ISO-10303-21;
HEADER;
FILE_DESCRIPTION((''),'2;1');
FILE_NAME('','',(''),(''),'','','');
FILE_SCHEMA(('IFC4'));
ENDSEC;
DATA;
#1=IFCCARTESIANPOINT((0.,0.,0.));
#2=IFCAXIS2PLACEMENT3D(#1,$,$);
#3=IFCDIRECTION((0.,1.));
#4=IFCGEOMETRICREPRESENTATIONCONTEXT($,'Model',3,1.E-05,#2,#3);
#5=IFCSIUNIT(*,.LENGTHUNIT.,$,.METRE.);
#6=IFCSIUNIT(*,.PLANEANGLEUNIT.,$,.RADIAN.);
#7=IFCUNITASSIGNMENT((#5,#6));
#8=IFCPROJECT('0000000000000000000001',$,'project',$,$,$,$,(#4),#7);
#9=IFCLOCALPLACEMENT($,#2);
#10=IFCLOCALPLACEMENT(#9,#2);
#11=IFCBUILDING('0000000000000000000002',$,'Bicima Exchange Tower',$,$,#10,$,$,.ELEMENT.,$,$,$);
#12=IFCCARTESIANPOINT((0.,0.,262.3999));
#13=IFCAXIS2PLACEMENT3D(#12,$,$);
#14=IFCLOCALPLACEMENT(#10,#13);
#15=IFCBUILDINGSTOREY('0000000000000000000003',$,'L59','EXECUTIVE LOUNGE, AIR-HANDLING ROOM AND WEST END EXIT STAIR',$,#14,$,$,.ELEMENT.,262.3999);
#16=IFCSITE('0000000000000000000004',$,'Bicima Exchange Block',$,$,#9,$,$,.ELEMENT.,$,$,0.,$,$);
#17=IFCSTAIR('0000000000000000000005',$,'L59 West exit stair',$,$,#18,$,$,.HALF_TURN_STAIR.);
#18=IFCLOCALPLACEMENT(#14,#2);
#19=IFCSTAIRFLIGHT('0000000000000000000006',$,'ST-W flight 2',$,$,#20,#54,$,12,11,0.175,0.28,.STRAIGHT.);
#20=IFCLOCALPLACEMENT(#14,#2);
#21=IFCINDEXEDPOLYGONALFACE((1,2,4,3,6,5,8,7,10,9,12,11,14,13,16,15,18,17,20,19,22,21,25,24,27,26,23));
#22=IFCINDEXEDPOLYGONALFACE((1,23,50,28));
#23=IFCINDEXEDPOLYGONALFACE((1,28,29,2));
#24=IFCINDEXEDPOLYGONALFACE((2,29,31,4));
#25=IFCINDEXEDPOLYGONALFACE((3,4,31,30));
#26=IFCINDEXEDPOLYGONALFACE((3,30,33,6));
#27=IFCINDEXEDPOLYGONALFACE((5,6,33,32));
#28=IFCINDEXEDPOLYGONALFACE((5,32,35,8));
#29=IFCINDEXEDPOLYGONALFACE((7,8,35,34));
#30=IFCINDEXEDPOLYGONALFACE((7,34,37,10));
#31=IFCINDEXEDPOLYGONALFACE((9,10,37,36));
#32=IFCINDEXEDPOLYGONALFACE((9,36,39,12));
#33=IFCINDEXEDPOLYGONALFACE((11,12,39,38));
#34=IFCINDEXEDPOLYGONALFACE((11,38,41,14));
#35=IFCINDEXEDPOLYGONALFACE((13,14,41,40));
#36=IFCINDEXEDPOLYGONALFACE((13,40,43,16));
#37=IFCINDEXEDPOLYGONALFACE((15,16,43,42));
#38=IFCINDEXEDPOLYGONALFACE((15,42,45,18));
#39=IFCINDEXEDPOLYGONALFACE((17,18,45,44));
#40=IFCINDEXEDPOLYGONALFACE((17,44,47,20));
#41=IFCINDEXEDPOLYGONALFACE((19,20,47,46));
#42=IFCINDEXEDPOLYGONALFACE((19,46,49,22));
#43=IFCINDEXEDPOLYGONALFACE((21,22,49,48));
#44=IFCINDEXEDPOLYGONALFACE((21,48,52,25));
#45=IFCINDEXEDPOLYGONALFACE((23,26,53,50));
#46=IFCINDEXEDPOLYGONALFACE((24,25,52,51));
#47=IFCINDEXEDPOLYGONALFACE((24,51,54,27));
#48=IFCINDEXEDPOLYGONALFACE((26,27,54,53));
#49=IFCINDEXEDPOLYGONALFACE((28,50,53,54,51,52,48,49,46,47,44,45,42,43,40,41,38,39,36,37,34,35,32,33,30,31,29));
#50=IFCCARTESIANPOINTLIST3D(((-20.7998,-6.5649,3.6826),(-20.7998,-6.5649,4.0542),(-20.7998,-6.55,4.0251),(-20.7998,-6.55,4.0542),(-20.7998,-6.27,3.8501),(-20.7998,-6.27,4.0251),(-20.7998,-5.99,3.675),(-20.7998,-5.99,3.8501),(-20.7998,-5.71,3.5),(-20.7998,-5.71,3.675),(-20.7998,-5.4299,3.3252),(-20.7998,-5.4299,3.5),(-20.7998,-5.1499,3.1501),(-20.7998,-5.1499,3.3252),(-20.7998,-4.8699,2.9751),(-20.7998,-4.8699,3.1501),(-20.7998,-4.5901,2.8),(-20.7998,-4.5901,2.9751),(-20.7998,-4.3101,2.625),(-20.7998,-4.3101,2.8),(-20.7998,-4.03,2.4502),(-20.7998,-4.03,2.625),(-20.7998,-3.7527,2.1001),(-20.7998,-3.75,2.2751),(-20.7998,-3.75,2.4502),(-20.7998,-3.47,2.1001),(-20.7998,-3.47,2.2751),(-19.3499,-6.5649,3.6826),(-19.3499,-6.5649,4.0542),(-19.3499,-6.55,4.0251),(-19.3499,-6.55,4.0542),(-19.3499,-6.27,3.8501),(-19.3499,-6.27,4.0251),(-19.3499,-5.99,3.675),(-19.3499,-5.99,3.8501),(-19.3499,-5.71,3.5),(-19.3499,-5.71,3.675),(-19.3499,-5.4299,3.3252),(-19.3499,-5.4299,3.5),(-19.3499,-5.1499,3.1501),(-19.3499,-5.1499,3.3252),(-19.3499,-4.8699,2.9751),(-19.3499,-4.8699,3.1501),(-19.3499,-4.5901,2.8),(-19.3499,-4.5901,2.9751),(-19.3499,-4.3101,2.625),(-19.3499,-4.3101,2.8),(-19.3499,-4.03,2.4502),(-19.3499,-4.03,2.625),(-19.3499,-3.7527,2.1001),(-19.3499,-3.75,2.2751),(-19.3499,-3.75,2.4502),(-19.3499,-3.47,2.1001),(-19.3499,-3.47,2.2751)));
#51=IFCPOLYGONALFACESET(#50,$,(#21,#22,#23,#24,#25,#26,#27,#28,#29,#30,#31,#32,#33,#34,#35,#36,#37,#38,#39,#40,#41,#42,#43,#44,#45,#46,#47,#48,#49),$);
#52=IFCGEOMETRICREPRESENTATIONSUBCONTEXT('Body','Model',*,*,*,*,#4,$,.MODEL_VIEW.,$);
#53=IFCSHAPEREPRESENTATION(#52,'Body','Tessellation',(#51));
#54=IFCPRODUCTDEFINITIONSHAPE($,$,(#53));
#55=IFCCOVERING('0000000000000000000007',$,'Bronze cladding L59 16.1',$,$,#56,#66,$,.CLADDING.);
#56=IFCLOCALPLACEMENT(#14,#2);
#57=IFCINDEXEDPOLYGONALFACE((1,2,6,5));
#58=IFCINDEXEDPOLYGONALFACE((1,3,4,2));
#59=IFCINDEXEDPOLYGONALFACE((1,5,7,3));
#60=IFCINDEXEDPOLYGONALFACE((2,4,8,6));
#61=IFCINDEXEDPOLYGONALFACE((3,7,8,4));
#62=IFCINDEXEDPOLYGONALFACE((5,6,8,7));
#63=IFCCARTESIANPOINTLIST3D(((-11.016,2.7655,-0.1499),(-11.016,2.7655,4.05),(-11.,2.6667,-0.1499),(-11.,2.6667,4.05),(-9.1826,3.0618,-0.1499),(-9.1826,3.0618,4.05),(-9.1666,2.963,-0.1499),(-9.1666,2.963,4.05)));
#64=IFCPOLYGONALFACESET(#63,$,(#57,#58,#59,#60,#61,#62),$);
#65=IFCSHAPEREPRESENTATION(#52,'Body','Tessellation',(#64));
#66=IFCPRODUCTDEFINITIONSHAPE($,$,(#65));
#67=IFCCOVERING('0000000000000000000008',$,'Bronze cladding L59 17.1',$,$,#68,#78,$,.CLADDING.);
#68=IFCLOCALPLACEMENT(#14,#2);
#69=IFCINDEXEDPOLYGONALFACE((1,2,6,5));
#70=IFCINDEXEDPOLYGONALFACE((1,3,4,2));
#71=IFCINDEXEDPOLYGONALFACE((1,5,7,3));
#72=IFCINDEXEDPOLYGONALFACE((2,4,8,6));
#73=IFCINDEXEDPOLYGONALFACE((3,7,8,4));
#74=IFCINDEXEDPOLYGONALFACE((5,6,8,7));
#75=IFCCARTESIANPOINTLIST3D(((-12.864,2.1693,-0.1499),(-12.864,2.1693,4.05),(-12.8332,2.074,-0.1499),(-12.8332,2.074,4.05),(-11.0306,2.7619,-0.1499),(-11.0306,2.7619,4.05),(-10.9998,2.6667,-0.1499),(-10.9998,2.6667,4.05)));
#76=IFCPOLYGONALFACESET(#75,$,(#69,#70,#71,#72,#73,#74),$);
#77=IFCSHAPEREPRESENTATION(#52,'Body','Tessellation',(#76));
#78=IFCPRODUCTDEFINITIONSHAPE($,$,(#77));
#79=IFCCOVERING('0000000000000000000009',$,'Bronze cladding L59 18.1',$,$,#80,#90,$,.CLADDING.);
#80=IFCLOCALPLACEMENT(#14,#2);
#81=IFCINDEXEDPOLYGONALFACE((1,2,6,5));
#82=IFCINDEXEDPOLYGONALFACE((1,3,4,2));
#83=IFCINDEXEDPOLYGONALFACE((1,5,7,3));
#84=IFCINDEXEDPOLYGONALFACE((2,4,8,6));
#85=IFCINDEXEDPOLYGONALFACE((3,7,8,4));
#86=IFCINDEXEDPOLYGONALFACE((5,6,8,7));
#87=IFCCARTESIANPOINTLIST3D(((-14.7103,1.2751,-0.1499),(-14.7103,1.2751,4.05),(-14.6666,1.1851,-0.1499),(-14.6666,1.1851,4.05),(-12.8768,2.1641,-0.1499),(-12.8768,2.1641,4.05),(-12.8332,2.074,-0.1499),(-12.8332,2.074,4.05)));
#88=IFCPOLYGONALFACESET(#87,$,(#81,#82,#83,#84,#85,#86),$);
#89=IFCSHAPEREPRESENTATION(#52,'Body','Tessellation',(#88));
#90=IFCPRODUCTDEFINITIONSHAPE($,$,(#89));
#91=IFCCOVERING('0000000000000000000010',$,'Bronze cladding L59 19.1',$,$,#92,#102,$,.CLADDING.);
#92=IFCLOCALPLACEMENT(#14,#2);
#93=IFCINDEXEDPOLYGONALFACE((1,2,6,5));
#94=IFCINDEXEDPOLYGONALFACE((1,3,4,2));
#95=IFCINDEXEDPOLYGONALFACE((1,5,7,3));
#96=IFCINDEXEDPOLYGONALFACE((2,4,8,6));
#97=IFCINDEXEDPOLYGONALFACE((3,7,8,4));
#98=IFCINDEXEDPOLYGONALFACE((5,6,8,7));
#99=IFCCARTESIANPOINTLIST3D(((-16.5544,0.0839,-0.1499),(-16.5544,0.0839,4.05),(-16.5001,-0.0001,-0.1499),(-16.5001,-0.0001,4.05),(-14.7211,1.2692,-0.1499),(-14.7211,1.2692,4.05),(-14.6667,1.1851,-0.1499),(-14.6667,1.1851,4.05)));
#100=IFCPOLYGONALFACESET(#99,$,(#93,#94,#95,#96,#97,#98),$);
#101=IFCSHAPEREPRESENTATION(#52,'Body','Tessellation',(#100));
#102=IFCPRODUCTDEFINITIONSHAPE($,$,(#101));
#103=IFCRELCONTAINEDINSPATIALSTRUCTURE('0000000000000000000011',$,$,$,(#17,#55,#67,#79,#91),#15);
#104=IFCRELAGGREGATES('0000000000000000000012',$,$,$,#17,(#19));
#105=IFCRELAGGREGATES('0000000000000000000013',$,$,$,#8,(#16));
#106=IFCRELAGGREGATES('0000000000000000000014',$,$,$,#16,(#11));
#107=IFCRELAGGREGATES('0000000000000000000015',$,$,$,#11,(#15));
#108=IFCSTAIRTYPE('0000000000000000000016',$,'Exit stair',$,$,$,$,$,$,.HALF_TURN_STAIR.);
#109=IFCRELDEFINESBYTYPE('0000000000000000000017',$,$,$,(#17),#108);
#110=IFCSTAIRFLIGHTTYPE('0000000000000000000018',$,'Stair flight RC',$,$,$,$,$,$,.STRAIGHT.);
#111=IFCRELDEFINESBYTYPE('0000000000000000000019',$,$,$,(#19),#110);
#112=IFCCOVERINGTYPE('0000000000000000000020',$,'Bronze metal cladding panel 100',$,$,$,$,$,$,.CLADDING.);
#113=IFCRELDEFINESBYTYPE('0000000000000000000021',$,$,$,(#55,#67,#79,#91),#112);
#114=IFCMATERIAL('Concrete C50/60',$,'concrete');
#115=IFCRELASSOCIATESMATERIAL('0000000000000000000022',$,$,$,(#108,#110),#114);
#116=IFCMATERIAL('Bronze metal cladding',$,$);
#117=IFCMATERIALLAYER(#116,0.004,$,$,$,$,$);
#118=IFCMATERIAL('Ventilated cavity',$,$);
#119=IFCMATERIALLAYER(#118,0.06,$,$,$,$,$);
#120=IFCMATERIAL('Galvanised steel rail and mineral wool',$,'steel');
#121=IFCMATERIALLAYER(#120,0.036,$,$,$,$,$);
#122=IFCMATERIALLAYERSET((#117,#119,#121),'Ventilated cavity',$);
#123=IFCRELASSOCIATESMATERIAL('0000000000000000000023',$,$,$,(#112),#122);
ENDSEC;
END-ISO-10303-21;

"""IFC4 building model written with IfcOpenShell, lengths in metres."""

from ifc_helpers import new_model, si_unit, direction, frame, origin, origin_2d, place, context, subcontext, project, spatial, polyline, rectangle, outline, extrude, material, layer, layer_set, type_object, element, aggregate, save


model = new_model("IFC4")

# Units and contexts
model_context = context("Model", 3, precision=1e-05, world=origin(), true_north=direction((0.0, 1.0)))
body_context = subcontext(model_context, "Body", "Model", "MODEL_VIEW")
ifc_project = project(units=[si_unit("LENGTHUNIT", "METRE"), si_unit("PLANEANGLEUNIT", "RADIAN")], contexts=[model_context])

# Site, building, storey
site_placement = place(None, origin())
site = spatial("IfcSite", under=ifc_project, at=site_placement, Name="Bicima Exchange Block", CompositionType="ELEMENT", RefElevation=0.0)
building_placement = place(site_placement, origin())
building = spatial("IfcBuilding", under=site, at=building_placement, Name="Bicima Exchange Tower", CompositionType="ELEMENT")
storey_placement = place(building_placement, frame((0.0, 0.0, 262.3999)))
storey = spatial("IfcBuildingStorey", under=building, at=storey_placement, Name="L59", Description="EXECUTIVE LOUNGE, AIR-HANDLING ROOM AND WEST END EXIT STAIR", CompositionType="ELEMENT", Elevation=262.3999)

# Shared definitions
ifc_material_1 = material(Name="Concrete C50/60", Category="concrete")

# Stair, stair flight
stair_type = type_object("IfcStairType", Name="Exit stair", PredefinedType="HALF_TURN_STAIR", material=ifc_material_1)
stair_placement = place(storey_placement, origin())
stair = element("IfcStair", 1, at=stair_placement, inside=storey, type_object=stair_type, Name="L59 West exit stair", PredefinedType="HALF_TURN_STAIR")
stair_flight_type = type_object("IfcStairFlightType", Name="Stair flight RC", PredefinedType="STRAIGHT", material=ifc_material_1)
stair_flight_1_placement = place(storey_placement, frame((-20.075, -3.47, 2.1001), z_axis=(0.0, 0.0, 1.0), x_axis=(0.0, -1.0, 0.0)))
stair_flight_1 = element("IfcStairFlight", 2, at=stair_flight_1_placement, type_object=stair_flight_type, Name="ST-W flight 2", NumberOfRisers=12, NumberOfTreads=11, PredefinedType="STRAIGHT", RiserHeight=0.175, TreadLength=0.28, context=body_context, shape_type="SweptSolid", body=[
    extrude(outline(polyline([(0.0, 0.0), (0.0, 0.175), (0.28, 0.175), (0.28, 0.3501), (0.5601, 0.3501), (0.5601, 0.5249), (0.8401, 0.5249), (0.8401, 0.7), (1.1201, 0.7), (1.1201, 0.875), (1.3999, 0.875), (1.3999, 1.05), (1.6799, 1.05), (1.6799, 1.2251), (1.96, 1.2251), (1.96, 1.3999), (2.24, 1.3999), (2.24, 1.575), (2.52, 1.575), (2.52, 1.75), (2.8, 1.75), (2.8, 1.925), (3.0801, 1.925), (3.0801, 1.9541), (3.095, 1.9541), (3.095, 1.5825), (0.2827, 0.0), (0.0, 0.0)])), frame((0.0, 0.7251, 0.0), z_axis=(0.0, -1.0, 0.0), x_axis=(1.0, 0.0, 0.0)), (0.0, 0.0, 1.0), 1.45),
])
aggregate(stair, [stair_flight_1])

# Coverings
ifc_material_2 = material(Name="Bronze metal cladding")
ifc_layer_1 = layer(ifc_material_2, 0.004)
ifc_material_3 = material(Name="Ventilated cavity")
ifc_layer_2 = layer(ifc_material_3, 0.06)
ifc_material_4 = material(Name="Galvanised steel rail and mineral wool", Category="steel")
ifc_layer_3 = layer(ifc_material_4, 0.036)
ifc_layer_set_1 = layer_set([ifc_layer_1, ifc_layer_2, ifc_layer_3], Name="Ventilated cavity")
covering_type = type_object("IfcCoveringType", Name="Bronze metal cladding panel 100", PredefinedType="CLADDING", material=ifc_layer_set_1)
covering_1_placement = place(storey_placement, frame((-10.0913, 2.8643, -0.1499), z_axis=(0.0, 0.0, 1.0), x_axis=(-0.98719, -0.15955, 0.0)))
element("IfcCovering", 3, at=covering_1_placement, inside=storey, type_object=covering_type, Name="Bronze cladding L59 16.1", PredefinedType="CLADDING", context=body_context, shape_type="SweptSolid", body=[
    extrude(rectangle(XDim=1.8572, YDim=0.1001, at=origin_2d()), origin(), (0.0, 0.0, 1.0), 4.2),
])
covering_2_placement = place(storey_placement, frame((-11.9319, 2.418, -0.1499), z_axis=(0.0, 0.0, 1.0), x_axis=(-0.951525, -0.307573, 0.0)))
element("IfcCovering", 4, at=covering_2_placement, inside=storey, type_object=covering_type, Name="Bronze cladding L59 17.1", PredefinedType="CLADDING", context=body_context, shape_type="SweptSolid", body=[
    extrude(rectangle(XDim=1.9268, YDim=0.1001, at=origin_2d()), origin(), (0.0, 0.0, 1.0), 4.2),
])
covering_3_placement = place(storey_placement, frame((-13.7717, 1.6746, -0.1499), z_axis=(0.0, 0.0, 1.0), x_axis=(-0.899818, -0.436265, 0.0)))
element("IfcCovering", 5, at=covering_3_placement, inside=storey, type_object=covering_type, Name="Bronze cladding L59 18.1", PredefinedType="CLADDING", context=body_context, shape_type="SweptSolid", body=[
    extrude(rectangle(XDim=2.0376, YDim=0.1001, at=origin_2d()), origin(), (0.0, 0.0, 1.0), 4.2),
])
covering_4_placement = place(storey_placement, frame((-15.6106, 0.6345, -0.1499), z_axis=(0.0, 0.0, 1.0), x_axis=(-0.83979, -0.542911, 0.0)))
element("IfcCovering", 6, at=covering_4_placement, inside=storey, type_object=covering_type, Name="Bronze cladding L59 19.1", PredefinedType="CLADDING", context=body_context, shape_type="SweptSolid", body=[
    extrude(rectangle(XDim=2.1831, YDim=0.1001, at=origin_2d()), origin(), (0.0, 0.0, 1.0), 4.2),
])

save(model, "model.ifc")
